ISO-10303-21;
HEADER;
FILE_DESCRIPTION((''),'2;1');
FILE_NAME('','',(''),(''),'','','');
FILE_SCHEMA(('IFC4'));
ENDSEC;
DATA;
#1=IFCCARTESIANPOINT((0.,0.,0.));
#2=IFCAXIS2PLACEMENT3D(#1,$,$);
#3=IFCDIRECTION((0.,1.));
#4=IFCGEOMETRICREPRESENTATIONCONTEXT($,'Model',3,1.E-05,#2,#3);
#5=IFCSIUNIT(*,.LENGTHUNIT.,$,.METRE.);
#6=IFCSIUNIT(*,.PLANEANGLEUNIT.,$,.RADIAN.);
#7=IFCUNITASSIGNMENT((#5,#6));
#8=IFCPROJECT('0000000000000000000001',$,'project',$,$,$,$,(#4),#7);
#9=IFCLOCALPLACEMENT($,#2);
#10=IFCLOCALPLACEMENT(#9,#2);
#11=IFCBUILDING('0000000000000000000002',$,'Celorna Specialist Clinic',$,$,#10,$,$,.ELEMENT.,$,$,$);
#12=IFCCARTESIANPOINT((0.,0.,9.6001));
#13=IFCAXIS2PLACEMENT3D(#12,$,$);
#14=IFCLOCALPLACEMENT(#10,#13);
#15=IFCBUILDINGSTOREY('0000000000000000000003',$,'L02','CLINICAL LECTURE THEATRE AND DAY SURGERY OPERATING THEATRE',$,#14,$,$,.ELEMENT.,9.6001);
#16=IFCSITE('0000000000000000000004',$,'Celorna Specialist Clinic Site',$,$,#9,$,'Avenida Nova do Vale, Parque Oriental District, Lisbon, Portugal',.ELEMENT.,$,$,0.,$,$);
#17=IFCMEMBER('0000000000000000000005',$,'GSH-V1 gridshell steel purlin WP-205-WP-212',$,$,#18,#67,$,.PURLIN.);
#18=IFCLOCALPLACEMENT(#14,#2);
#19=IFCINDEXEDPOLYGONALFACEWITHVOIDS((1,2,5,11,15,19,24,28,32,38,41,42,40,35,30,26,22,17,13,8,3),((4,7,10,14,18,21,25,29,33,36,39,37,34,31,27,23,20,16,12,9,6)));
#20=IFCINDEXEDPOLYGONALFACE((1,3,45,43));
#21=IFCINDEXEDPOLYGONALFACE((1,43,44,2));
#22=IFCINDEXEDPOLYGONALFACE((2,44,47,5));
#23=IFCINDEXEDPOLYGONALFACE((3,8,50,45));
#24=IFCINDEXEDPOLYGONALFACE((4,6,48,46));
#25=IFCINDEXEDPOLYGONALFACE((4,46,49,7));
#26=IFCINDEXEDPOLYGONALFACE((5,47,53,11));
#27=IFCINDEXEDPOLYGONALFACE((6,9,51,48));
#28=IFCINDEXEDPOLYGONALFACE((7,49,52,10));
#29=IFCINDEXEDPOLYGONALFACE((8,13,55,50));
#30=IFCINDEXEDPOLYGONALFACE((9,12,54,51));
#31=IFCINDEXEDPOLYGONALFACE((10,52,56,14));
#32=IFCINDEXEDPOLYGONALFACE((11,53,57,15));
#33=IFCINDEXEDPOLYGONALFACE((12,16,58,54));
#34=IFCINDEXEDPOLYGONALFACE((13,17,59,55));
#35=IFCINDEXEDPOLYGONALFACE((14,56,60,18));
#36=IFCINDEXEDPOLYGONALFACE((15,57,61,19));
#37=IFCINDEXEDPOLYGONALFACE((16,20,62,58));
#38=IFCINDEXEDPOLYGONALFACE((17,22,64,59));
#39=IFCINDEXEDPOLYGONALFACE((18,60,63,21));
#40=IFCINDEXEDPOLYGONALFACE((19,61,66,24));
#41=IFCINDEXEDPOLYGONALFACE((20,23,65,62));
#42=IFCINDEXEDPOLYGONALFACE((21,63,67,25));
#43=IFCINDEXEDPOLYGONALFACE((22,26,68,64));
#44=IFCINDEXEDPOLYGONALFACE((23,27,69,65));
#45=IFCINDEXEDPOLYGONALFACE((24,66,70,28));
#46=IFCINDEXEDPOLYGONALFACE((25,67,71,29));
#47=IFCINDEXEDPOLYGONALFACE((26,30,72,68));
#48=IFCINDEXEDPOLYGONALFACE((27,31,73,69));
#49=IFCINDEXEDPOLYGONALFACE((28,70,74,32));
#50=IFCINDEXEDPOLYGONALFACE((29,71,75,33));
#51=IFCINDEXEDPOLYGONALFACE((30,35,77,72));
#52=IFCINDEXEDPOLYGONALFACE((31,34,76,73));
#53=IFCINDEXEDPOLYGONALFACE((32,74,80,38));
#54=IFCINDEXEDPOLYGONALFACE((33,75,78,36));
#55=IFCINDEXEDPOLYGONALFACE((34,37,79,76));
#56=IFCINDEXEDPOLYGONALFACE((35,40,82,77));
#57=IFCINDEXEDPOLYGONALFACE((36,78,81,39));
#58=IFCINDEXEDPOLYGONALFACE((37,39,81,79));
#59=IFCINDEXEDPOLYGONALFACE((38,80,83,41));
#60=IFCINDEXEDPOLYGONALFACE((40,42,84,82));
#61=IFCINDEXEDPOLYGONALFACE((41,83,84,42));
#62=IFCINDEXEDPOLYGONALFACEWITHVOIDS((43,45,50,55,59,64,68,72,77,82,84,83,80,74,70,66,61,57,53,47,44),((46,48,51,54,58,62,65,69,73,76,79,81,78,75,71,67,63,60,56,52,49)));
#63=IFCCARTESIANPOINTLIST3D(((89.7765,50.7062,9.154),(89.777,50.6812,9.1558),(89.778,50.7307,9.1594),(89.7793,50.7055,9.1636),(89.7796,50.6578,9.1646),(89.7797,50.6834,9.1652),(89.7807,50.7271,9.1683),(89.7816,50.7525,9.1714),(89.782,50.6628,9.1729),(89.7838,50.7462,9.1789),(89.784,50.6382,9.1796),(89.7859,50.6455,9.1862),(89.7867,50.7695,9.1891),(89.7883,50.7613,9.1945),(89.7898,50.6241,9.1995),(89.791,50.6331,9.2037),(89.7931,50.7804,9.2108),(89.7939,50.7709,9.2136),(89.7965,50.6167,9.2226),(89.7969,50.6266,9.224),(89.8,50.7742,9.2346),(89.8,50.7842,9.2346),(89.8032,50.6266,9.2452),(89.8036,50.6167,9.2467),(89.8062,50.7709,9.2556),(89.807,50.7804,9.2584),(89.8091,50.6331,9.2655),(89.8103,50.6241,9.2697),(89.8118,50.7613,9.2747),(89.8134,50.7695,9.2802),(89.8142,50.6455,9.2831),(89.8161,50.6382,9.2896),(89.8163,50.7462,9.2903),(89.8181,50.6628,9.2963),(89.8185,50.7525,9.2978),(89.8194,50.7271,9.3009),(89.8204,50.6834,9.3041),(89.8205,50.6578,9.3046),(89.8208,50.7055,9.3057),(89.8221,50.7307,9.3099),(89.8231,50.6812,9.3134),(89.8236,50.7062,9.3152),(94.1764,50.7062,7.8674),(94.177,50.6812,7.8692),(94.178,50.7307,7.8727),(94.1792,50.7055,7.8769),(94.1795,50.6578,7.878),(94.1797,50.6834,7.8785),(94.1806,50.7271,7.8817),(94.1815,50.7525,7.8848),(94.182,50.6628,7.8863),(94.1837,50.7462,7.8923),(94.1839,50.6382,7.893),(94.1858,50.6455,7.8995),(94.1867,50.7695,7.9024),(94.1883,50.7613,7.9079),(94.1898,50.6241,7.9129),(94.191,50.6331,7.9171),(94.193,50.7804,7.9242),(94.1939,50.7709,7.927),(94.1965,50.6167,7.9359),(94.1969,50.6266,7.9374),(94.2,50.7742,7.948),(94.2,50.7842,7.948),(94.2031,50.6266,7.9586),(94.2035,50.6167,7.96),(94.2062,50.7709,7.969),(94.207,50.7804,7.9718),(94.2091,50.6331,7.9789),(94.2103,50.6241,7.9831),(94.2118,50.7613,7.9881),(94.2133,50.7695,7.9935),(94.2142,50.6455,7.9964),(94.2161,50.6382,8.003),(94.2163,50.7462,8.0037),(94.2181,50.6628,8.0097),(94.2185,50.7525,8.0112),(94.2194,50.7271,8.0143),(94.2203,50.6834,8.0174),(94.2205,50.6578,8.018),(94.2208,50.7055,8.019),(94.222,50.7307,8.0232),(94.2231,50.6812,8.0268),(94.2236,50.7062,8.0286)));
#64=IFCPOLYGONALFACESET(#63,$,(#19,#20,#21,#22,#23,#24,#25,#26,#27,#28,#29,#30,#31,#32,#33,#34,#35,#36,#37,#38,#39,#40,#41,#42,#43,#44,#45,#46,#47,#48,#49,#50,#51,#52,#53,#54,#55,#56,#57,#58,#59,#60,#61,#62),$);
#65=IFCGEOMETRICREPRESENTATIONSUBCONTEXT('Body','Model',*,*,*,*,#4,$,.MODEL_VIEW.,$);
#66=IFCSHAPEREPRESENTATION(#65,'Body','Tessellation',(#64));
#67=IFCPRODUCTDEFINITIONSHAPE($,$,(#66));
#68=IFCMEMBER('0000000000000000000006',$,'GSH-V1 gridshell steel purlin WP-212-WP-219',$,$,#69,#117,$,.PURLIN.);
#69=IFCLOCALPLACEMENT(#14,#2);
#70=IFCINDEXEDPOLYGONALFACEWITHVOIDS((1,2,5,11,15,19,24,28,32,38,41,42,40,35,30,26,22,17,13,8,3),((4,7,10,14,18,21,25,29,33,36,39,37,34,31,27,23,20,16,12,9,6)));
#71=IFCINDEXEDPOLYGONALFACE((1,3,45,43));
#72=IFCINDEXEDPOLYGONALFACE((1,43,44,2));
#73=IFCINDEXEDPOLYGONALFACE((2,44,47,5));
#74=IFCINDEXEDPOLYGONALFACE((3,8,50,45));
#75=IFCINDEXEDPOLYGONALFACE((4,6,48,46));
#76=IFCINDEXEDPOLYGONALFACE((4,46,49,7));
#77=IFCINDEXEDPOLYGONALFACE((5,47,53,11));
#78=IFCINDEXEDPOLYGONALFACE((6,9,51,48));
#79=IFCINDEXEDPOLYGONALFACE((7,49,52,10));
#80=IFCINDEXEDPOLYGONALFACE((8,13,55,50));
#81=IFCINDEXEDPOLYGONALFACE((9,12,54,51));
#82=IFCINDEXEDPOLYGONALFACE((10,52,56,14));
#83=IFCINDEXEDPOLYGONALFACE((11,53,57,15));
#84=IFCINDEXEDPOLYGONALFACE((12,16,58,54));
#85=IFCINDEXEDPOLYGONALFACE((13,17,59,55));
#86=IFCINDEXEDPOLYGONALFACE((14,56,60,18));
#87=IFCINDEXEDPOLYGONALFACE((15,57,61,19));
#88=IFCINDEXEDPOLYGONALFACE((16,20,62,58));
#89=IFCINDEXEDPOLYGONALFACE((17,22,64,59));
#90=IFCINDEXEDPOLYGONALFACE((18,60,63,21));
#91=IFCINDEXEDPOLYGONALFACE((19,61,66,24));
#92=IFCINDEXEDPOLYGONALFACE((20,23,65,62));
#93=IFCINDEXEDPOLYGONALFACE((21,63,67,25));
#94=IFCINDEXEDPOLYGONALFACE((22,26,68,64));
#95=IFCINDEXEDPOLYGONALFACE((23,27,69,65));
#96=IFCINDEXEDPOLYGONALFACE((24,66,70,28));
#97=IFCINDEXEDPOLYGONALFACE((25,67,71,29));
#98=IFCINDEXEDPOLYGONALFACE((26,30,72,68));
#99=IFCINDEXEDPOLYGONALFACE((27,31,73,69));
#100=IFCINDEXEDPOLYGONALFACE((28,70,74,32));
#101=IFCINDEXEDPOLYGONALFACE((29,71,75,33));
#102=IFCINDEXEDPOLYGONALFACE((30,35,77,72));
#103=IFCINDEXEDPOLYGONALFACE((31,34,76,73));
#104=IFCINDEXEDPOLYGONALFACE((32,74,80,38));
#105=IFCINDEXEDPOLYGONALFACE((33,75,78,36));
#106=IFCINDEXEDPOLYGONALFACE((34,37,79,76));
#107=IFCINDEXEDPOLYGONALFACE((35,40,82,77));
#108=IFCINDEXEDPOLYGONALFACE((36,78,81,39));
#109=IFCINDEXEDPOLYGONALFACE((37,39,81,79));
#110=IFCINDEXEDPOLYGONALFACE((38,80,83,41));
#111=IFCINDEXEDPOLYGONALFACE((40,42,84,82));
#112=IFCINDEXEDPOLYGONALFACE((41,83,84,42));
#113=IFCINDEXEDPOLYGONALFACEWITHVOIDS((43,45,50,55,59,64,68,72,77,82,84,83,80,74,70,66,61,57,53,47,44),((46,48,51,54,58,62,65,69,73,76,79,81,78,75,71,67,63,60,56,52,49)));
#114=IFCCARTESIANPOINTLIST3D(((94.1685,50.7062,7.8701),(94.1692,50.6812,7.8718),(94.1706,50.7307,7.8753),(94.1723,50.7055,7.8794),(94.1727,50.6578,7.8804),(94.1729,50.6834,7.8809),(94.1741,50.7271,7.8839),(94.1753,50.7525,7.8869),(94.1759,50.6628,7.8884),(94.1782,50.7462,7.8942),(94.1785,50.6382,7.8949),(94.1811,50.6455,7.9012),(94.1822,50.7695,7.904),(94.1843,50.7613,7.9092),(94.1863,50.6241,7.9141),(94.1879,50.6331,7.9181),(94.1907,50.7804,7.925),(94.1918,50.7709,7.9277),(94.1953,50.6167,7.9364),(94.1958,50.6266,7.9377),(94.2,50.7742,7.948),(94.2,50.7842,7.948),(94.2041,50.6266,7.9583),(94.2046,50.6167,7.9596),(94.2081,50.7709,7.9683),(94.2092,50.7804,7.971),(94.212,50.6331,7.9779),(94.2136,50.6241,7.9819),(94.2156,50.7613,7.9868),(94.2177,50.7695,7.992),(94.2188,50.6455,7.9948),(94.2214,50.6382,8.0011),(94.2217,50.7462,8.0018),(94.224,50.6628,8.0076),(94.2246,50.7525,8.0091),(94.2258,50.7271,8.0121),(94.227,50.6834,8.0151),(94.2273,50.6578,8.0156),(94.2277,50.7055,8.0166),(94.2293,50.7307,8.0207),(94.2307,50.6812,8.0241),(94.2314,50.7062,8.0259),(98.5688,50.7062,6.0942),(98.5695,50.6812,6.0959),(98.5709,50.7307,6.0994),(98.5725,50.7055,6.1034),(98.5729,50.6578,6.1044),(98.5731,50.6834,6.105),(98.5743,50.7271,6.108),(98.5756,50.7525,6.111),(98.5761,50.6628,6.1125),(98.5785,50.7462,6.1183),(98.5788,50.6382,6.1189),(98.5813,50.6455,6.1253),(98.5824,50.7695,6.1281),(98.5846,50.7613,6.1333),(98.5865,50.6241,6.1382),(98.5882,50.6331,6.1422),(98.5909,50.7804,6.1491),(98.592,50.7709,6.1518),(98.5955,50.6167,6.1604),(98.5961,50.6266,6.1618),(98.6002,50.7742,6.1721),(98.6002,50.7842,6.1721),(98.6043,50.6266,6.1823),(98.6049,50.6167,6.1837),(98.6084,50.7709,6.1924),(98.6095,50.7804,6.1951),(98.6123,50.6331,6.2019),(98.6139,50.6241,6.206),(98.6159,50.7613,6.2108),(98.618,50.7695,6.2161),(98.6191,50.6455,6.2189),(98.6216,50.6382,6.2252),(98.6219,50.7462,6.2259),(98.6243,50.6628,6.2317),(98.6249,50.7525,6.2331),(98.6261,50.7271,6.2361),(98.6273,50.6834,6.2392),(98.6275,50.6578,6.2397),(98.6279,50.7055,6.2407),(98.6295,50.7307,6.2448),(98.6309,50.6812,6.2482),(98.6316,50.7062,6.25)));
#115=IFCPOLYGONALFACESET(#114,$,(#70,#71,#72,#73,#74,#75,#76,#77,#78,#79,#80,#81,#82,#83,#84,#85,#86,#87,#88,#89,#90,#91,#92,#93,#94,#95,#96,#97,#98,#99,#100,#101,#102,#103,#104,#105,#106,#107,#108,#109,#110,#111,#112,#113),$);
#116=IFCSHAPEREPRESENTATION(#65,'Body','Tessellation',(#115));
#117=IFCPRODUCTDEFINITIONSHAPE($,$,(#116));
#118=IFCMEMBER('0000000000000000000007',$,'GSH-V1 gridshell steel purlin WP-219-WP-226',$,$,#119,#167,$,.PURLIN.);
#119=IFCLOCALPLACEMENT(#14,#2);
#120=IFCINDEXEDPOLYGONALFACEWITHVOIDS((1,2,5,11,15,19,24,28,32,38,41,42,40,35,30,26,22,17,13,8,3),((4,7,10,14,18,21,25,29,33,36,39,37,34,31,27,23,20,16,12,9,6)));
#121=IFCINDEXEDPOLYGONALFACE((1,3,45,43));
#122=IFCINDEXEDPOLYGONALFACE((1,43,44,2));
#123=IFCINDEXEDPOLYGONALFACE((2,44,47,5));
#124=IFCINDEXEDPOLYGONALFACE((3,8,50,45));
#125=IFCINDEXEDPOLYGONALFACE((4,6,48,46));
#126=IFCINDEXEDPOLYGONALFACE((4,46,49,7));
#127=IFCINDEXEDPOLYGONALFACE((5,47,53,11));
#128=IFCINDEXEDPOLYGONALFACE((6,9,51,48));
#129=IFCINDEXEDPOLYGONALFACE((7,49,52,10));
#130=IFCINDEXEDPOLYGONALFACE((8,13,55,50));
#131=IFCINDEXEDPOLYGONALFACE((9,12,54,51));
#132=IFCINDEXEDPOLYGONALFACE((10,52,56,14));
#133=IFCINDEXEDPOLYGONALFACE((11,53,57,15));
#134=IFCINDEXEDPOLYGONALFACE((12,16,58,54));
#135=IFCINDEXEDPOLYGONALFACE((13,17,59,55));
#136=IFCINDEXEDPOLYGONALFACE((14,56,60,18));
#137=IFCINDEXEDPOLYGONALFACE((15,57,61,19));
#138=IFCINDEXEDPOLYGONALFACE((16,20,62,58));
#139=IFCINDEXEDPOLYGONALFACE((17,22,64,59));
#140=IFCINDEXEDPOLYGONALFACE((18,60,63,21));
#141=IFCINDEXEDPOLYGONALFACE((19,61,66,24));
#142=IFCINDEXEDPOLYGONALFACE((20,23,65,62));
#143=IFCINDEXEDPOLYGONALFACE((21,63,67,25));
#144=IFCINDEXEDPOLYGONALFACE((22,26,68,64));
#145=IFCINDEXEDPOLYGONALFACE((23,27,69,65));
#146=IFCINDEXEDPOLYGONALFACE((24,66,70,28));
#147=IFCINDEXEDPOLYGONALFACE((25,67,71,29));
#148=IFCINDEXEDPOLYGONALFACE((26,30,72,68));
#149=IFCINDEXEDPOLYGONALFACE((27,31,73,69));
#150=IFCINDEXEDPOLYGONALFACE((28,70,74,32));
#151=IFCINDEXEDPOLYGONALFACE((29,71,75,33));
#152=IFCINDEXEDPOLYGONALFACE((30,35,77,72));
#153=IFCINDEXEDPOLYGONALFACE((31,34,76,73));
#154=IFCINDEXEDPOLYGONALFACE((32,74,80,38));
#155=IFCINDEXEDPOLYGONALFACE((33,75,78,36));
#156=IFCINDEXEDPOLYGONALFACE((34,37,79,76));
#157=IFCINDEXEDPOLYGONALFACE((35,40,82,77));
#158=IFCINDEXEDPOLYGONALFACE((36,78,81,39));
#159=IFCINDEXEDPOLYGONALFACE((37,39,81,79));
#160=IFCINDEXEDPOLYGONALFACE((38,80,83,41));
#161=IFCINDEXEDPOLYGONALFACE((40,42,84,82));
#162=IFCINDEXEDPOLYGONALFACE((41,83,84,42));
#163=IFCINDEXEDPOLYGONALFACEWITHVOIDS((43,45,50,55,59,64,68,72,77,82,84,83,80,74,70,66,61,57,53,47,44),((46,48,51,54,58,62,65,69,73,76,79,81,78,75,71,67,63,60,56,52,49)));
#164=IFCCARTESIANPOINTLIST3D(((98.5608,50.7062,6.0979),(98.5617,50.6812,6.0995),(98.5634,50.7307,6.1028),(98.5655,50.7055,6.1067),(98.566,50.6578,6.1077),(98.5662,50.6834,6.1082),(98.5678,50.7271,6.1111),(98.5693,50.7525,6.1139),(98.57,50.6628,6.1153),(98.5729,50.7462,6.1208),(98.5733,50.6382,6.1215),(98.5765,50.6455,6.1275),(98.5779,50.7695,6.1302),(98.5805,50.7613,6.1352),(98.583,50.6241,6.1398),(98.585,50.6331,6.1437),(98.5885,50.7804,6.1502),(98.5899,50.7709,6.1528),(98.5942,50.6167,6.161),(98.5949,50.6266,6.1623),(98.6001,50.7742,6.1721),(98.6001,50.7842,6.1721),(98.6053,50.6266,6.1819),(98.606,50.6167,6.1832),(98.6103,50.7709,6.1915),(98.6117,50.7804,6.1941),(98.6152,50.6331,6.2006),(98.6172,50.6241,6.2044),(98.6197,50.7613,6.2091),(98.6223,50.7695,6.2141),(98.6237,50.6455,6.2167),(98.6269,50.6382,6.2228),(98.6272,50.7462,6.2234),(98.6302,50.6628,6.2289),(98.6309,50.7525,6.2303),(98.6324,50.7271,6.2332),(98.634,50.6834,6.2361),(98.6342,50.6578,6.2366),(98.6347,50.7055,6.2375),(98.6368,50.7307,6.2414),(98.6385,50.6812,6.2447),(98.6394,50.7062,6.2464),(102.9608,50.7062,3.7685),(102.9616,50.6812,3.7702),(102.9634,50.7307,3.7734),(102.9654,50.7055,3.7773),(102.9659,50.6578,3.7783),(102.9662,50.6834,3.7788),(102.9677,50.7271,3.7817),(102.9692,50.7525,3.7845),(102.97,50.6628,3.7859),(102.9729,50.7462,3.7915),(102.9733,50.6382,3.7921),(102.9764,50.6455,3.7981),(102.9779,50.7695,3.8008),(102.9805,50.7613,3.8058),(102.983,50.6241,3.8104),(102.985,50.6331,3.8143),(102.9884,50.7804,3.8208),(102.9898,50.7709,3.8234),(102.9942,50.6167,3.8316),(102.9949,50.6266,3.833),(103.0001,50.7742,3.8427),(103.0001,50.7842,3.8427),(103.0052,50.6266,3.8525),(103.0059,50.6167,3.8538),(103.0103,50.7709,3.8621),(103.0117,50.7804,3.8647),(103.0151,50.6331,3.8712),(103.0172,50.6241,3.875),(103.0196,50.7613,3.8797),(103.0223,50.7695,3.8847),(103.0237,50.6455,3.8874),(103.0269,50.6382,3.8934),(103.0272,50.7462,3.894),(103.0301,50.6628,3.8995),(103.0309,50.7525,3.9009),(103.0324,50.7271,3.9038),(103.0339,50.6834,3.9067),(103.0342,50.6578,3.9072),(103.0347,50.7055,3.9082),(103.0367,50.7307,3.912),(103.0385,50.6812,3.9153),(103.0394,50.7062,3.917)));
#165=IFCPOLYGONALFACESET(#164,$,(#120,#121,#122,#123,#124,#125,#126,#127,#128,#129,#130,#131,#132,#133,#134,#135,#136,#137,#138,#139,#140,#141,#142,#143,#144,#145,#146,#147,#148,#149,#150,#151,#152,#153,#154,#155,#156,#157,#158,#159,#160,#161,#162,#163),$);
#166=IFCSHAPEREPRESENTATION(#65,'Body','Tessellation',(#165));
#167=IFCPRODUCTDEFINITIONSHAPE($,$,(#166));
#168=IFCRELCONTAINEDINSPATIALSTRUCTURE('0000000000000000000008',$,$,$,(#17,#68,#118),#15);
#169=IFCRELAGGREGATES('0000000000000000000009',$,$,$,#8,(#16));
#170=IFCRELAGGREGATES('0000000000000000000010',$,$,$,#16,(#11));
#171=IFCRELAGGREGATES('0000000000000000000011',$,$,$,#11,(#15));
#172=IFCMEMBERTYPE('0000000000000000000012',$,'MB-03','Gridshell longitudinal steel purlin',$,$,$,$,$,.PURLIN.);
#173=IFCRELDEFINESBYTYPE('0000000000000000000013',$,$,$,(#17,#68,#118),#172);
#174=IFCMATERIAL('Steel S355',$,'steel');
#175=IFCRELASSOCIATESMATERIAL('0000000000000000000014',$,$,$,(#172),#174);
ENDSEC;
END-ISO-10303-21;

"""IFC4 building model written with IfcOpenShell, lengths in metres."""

from ifc_helpers import new_model, si_unit, direction, frame, origin, origin_2d, place, context, subcontext, project, spatial, hollow_circle, extrude, material, material_profile, profile_set, type_object, element, save


model = new_model("IFC4")

# Units and contexts
model_context = context("Model", 3, precision=1e-05, world=origin(), true_north=direction((0.0, 1.0)))
body_context = subcontext(model_context, "Body", "Model", "MODEL_VIEW")
ifc_project = project(units=[si_unit("LENGTHUNIT", "METRE"), si_unit("PLANEANGLEUNIT", "RADIAN")], contexts=[model_context])

# Site, building, storey
site_placement = place(None, origin())
site = spatial("IfcSite", under=ifc_project, at=site_placement, Name="Celorna Specialist Clinic Site", LongName="Avenida Nova do Vale, Parque Oriental District, Lisbon, Portugal", CompositionType="ELEMENT", RefElevation=0.0)
building_placement = place(site_placement, origin())
building = spatial("IfcBuilding", under=site, at=building_placement, Name="Celorna Specialist Clinic", CompositionType="ELEMENT")
storey_placement = place(building_placement, frame((0.0, 0.0, 9.6001)))
storey = spatial("IfcBuildingStorey", under=building, at=storey_placement, Name="L02", Description="CLINICAL LECTURE THEATRE AND DAY SURGERY OPERATING THEATRE", CompositionType="ELEMENT", Elevation=9.6001)

# Members
ifc_material_1 = material(Name="Steel S355", Category="steel")
ifc_material_profile_1 = material_profile(ifc_material_1, hollow_circle(Radius=0.0842, WallThickness=0.01, at=origin_2d()), Name="CHS 168.3x10")
ifc_profile_set_1 = profile_set([ifc_material_profile_1], Name="Steel S355")
member_type_1 = type_object("IfcMemberType", Name="MB-03", Description="Gridshell longitudinal steel purlin", PredefinedType="PURLIN", material=ifc_profile_set_1)
member_1_placement = place(storey_placement, frame((89.8, 50.7, 9.2346), z_axis=(0.959805, 0.0, -0.280667), x_axis=(0.0, 1.0, 0.0)))
element("IfcMember", 1, at=member_1_placement, inside=storey, type_object=member_type_1, Name="GSH-V1 gridshell steel purlin WP-205-WP-212", PredefinedType="PURLIN", context=body_context, shape_type="SweptSolid", body=[
    extrude(hollow_circle(Radius=0.0842, WallThickness=0.01, at=origin_2d()), origin(), (0.0, 0.0, 1.0), 4.5842),
])
member_2_placement = place(storey_placement, frame((94.2, 50.7, 7.948), z_axis=(0.927323, 0.0, -0.374263), x_axis=(0.0, 1.0, 0.0)))
element("IfcMember", 2, at=member_2_placement, inside=storey, type_object=member_type_1, Name="GSH-V1 gridshell steel purlin WP-212-WP-219", PredefinedType="PURLIN", context=body_context, shape_type="SweptSolid", body=[
    extrude(hollow_circle(Radius=0.0842, WallThickness=0.01, at=origin_2d()), origin(), (0.0, 0.0, 1.0), 4.7451),
])
member_3_placement = place(storey_placement, frame((98.6001, 50.7, 6.1721), z_axis=(0.883789, 0.0, -0.467885), x_axis=(0.0, 1.0, 0.0)))
element("IfcMember", 3, at=member_3_placement, inside=storey, type_object=member_type_1, Name="GSH-V1 gridshell steel purlin WP-219-WP-226", PredefinedType="PURLIN", context=body_context, shape_type="SweptSolid", body=[
    extrude(hollow_circle(Radius=0.0842, WallThickness=0.01, at=origin_2d()), origin(), (0.0, 0.0, 1.0), 4.9785),
])

save(model, "model.ifc")
